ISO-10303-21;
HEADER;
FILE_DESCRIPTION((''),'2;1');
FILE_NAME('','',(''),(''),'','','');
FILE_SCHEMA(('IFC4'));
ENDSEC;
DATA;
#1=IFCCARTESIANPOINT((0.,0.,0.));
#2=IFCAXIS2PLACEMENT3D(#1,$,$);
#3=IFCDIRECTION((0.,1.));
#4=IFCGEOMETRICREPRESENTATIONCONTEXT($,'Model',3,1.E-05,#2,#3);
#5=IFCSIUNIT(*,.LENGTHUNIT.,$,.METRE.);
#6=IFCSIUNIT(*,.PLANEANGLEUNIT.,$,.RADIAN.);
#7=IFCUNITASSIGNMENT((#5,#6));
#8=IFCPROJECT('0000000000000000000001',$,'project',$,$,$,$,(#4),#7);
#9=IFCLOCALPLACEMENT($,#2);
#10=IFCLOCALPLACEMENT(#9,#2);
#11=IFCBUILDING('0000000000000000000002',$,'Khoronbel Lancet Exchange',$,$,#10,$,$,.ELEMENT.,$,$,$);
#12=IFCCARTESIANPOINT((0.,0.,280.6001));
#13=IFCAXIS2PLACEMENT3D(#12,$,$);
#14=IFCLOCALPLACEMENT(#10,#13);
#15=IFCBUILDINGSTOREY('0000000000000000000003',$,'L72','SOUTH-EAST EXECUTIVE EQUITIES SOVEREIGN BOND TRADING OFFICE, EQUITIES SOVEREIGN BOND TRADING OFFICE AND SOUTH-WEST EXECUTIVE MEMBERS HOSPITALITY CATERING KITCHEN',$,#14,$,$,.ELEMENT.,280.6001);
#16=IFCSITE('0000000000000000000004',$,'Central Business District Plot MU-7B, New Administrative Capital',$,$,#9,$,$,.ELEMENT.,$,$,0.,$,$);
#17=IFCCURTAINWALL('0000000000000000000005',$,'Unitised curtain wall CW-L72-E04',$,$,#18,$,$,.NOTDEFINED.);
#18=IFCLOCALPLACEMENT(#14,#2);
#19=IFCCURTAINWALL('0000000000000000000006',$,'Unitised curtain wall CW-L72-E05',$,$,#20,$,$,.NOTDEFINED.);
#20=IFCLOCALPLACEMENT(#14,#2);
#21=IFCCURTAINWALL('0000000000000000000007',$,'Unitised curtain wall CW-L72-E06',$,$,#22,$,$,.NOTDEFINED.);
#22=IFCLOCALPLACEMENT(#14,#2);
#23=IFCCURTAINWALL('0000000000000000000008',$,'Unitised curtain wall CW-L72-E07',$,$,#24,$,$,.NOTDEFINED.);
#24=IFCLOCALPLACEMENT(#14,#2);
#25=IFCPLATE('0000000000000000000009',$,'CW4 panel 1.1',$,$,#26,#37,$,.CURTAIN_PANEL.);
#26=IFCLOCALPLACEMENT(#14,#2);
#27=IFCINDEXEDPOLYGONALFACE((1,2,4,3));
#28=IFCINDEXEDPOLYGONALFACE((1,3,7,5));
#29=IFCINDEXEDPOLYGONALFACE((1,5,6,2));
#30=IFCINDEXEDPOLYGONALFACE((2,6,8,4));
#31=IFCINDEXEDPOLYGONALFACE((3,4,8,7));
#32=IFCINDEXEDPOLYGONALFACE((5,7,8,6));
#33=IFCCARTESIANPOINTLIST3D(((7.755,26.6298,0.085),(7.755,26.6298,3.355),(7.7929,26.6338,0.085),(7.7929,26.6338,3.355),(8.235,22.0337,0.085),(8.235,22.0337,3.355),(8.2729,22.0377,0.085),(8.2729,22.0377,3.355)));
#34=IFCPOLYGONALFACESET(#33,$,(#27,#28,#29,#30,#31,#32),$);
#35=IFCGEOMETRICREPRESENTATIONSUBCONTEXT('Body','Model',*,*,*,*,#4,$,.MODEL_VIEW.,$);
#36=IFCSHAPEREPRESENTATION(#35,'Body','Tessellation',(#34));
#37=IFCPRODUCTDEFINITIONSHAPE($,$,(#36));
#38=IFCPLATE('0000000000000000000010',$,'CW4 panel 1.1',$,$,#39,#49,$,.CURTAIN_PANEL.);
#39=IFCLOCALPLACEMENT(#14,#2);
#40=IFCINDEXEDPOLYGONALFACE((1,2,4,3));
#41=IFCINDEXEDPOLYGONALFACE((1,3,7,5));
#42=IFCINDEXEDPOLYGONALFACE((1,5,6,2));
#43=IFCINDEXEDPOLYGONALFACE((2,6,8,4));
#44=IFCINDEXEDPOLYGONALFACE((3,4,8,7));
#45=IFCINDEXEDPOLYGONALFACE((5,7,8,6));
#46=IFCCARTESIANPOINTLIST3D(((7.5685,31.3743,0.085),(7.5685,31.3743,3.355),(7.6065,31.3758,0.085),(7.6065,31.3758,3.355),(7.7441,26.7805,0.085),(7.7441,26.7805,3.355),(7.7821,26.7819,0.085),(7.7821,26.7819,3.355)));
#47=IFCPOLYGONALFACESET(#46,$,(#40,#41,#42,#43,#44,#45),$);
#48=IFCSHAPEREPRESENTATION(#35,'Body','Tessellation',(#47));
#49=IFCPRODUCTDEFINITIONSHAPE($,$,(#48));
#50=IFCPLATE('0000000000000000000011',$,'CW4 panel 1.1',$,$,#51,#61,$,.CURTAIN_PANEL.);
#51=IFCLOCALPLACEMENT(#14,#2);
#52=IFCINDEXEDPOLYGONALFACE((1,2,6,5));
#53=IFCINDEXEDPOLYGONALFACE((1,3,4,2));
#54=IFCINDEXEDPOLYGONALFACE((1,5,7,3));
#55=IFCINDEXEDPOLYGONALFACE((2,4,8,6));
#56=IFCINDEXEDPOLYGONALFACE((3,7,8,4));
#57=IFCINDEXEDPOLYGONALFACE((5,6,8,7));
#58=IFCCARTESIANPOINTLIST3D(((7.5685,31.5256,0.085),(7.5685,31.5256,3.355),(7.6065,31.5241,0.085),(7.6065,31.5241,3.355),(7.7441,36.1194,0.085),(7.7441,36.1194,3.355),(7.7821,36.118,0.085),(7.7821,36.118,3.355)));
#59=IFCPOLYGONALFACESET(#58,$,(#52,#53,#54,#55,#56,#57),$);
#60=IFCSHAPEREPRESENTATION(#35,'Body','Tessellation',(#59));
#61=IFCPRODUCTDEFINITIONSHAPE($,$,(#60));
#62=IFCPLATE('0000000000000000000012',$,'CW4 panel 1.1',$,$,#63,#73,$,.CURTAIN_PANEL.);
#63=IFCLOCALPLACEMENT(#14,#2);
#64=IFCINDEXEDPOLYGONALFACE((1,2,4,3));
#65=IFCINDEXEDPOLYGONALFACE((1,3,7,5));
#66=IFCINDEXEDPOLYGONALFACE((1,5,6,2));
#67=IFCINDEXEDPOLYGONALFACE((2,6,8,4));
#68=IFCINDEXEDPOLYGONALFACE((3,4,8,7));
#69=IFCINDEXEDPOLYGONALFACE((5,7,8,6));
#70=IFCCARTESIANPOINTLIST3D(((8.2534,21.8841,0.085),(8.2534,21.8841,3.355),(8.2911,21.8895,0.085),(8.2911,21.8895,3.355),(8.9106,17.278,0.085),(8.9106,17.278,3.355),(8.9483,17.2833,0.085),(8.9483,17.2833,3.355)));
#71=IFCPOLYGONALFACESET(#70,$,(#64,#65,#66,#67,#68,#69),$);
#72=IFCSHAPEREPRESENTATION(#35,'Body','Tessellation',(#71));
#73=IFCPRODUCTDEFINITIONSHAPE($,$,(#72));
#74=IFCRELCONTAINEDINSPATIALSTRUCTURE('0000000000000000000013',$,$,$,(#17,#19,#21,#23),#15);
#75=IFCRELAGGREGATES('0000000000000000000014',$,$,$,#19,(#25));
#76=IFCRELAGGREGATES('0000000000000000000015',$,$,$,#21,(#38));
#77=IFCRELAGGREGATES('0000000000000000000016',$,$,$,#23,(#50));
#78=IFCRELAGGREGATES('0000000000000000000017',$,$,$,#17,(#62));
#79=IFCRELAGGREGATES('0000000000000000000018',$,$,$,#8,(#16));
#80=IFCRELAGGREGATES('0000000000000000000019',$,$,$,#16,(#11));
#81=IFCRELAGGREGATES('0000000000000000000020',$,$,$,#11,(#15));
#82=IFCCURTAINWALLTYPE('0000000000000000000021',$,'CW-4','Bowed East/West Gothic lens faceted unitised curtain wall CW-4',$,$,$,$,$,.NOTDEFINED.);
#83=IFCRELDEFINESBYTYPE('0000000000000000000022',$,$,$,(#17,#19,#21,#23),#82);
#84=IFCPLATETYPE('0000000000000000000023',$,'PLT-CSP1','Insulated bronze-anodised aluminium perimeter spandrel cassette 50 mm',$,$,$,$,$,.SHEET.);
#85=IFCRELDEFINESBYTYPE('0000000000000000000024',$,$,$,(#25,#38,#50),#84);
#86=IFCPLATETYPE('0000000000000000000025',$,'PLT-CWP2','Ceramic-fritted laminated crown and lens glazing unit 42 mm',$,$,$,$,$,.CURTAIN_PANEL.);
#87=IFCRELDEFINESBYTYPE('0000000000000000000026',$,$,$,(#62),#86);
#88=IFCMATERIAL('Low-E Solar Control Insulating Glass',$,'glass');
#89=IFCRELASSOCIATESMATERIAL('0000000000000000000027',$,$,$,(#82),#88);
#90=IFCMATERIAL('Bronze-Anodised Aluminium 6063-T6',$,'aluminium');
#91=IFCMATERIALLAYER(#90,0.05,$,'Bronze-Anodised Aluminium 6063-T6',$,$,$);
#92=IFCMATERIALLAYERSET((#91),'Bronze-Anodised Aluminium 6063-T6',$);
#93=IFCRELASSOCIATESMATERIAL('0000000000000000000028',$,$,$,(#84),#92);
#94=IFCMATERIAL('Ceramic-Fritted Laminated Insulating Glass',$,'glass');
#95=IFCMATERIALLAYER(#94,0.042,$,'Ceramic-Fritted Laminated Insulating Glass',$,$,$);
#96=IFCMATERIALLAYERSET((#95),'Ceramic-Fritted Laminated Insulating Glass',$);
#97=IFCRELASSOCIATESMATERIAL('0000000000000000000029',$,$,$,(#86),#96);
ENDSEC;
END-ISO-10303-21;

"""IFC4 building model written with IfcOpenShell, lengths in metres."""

from ifc_helpers import new_model, si_unit, direction, frame, origin, origin_2d, place, context, subcontext, project, spatial, rectangle, extrude, material, layer, layer_set, type_object, element, aggregate, save


model = new_model("IFC4")

# Units and contexts
model_context = context("Model", 3, precision=1e-05, world=origin(), true_north=direction((0.0, 1.0)))
body_context = subcontext(model_context, "Body", "Model", "MODEL_VIEW")
ifc_project = project(units=[si_unit("LENGTHUNIT", "METRE"), si_unit("PLANEANGLEUNIT", "RADIAN")], contexts=[model_context])

# Site, building, storey
site_placement = place(None, origin())
site = spatial("IfcSite", under=ifc_project, at=site_placement, Name="Central Business District Plot MU-7B, New Administrative Capital", CompositionType="ELEMENT", RefElevation=0.0)
building_placement = place(site_placement, origin())
building = spatial("IfcBuilding", under=site, at=building_placement, Name="Khoronbel Lancet Exchange", CompositionType="ELEMENT")
storey_placement = place(building_placement, frame((0.0, 0.0, 280.6001)))
storey = spatial("IfcBuildingStorey", under=building, at=storey_placement, Name="L72", Description="SOUTH-EAST EXECUTIVE EQUITIES SOVEREIGN BOND TRADING OFFICE, EQUITIES SOVEREIGN BOND TRADING OFFICE AND SOUTH-WEST EXECUTIVE MEMBERS HOSPITALITY CATERING KITCHEN", CompositionType="ELEMENT", Elevation=280.6001)

# Curtain walls
ifc_material_1 = material(Name="Low-E Solar Control Insulating Glass", Category="glass")
curtain_wall_type = type_object("IfcCurtainWallType", Name="CW-4", Description="Bowed East/West Gothic lens faceted unitised curtain wall CW-4", PredefinedType="NOTDEFINED", material=ifc_material_1)
curtain_wall_1_placement = place(storey_placement, origin())
curtain_wall_1 = element("IfcCurtainWall", 1, at=curtain_wall_1_placement, inside=storey, type_object=curtain_wall_type, Name="Unitised curtain wall CW-L72-E04", PredefinedType="NOTDEFINED")
ifc_material_2 = material(Name="Bronze-Anodised Aluminium 6063-T6", Category="aluminium")
curtain_wall_2_placement = place(storey_placement, origin())
curtain_wall_2 = element("IfcCurtainWall", 2, at=curtain_wall_2_placement, inside=storey, type_object=curtain_wall_type, Name="Unitised curtain wall CW-L72-E05", PredefinedType="NOTDEFINED")
curtain_wall_3_placement = place(storey_placement, origin())
curtain_wall_3 = element("IfcCurtainWall", 3, at=curtain_wall_3_placement, inside=storey, type_object=curtain_wall_type, Name="Unitised curtain wall CW-L72-E06", PredefinedType="NOTDEFINED")

# Curtain wall
curtain_wall_4_placement = place(storey_placement, origin())
curtain_wall_4 = element("IfcCurtainWall", 4, at=curtain_wall_4_placement, inside=storey, type_object=curtain_wall_type, Name="Unitised curtain wall CW-L72-E07", PredefinedType="NOTDEFINED")

# Plates
ifc_layer_1 = layer(ifc_material_2, 0.05, Name="Bronze-Anodised Aluminium 6063-T6")
ifc_layer_set_1 = layer_set([ifc_layer_1], Name="Bronze-Anodised Aluminium 6063-T6")
plate_type_1 = type_object("IfcPlateType", Name="PLT-CSP1", Description="Insulated bronze-anodised aluminium perimeter spandrel cassette 50 mm", PredefinedType="SHEET", material=ifc_layer_set_1)
plate_1_placement = place(storey_placement, frame((8.0139, 24.3337, 0.085), z_axis=(0.0, 0.0, 1.0), x_axis=(-0.103873, 0.994591, 0.0)))
plate_1 = element("IfcPlate", 5, at=plate_1_placement, type_object=plate_type_1, Name="CW4 panel 1.1", PredefinedType="CURTAIN_PANEL", context=body_context, shape_type="SweptSolid", body=[
    extrude(rectangle(XDim=4.6211, YDim=0.0381, at=origin_2d()), origin(), (0.0, 0.0, 1.0), 3.27),
])
aggregate(curtain_wall_2, [plate_1])
plate_2_placement = place(storey_placement, frame((7.6753, 29.0781, 0.085), z_axis=(0.0, 0.0, 1.0), x_axis=(-0.038192, 0.99927, 0.0)))
plate_2 = element("IfcPlate", 6, at=plate_2_placement, type_object=plate_type_1, Name="CW4 panel 1.1", PredefinedType="CURTAIN_PANEL", context=body_context, shape_type="SweptSolid", body=[
    extrude(rectangle(XDim=4.5972, YDim=0.0381, at=origin_2d()), origin(), (0.0, 0.0, 1.0), 3.27),
])
aggregate(curtain_wall_3, [plate_2])
plate_3_placement = place(storey_placement, frame((7.6753, 33.8218, 0.085), z_axis=(0.0, 0.0, 1.0), x_axis=(0.038192, 0.99927, 0.0)))
plate_3 = element("IfcPlate", 7, at=plate_3_placement, type_object=plate_type_1, Name="CW4 panel 1.1", PredefinedType="CURTAIN_PANEL", context=body_context, shape_type="SweptSolid", body=[
    extrude(rectangle(XDim=4.5972, YDim=0.0381, at=origin_2d()), origin(), (0.0, 0.0, 1.0), 3.27),
])
aggregate(curtain_wall_4, [plate_3])
ifc_material_3 = material(Name="Ceramic-Fritted Laminated Insulating Glass", Category="glass")
ifc_layer_2 = layer(ifc_material_3, 0.042, Name="Ceramic-Fritted Laminated Insulating Glass")
ifc_layer_set_2 = layer_set([ifc_layer_2], Name="Ceramic-Fritted Laminated Insulating Glass")
plate_type_2 = type_object("IfcPlateType", Name="PLT-CWP2", Description="Ceramic-fritted laminated crown and lens glazing unit 42 mm", PredefinedType="CURTAIN_PANEL", material=ifc_layer_set_2)
plate_4_placement = place(storey_placement, frame((8.6008, 19.5837, 0.085), z_axis=(0.0, 0.0, 1.0), x_axis=(-0.141252, 0.989974, 0.0)))
plate_4 = element("IfcPlate", 8, at=plate_4_placement, type_object=plate_type_2, Name="CW4 panel 1.1", PredefinedType="CURTAIN_PANEL", context=body_context, shape_type="SweptSolid", body=[
    extrude(rectangle(XDim=4.6528, YDim=0.0381, at=origin_2d()), origin(), (0.0, 0.0, 1.0), 3.27),
])
aggregate(curtain_wall_1, [plate_4])

save(model, "model.ifc")
